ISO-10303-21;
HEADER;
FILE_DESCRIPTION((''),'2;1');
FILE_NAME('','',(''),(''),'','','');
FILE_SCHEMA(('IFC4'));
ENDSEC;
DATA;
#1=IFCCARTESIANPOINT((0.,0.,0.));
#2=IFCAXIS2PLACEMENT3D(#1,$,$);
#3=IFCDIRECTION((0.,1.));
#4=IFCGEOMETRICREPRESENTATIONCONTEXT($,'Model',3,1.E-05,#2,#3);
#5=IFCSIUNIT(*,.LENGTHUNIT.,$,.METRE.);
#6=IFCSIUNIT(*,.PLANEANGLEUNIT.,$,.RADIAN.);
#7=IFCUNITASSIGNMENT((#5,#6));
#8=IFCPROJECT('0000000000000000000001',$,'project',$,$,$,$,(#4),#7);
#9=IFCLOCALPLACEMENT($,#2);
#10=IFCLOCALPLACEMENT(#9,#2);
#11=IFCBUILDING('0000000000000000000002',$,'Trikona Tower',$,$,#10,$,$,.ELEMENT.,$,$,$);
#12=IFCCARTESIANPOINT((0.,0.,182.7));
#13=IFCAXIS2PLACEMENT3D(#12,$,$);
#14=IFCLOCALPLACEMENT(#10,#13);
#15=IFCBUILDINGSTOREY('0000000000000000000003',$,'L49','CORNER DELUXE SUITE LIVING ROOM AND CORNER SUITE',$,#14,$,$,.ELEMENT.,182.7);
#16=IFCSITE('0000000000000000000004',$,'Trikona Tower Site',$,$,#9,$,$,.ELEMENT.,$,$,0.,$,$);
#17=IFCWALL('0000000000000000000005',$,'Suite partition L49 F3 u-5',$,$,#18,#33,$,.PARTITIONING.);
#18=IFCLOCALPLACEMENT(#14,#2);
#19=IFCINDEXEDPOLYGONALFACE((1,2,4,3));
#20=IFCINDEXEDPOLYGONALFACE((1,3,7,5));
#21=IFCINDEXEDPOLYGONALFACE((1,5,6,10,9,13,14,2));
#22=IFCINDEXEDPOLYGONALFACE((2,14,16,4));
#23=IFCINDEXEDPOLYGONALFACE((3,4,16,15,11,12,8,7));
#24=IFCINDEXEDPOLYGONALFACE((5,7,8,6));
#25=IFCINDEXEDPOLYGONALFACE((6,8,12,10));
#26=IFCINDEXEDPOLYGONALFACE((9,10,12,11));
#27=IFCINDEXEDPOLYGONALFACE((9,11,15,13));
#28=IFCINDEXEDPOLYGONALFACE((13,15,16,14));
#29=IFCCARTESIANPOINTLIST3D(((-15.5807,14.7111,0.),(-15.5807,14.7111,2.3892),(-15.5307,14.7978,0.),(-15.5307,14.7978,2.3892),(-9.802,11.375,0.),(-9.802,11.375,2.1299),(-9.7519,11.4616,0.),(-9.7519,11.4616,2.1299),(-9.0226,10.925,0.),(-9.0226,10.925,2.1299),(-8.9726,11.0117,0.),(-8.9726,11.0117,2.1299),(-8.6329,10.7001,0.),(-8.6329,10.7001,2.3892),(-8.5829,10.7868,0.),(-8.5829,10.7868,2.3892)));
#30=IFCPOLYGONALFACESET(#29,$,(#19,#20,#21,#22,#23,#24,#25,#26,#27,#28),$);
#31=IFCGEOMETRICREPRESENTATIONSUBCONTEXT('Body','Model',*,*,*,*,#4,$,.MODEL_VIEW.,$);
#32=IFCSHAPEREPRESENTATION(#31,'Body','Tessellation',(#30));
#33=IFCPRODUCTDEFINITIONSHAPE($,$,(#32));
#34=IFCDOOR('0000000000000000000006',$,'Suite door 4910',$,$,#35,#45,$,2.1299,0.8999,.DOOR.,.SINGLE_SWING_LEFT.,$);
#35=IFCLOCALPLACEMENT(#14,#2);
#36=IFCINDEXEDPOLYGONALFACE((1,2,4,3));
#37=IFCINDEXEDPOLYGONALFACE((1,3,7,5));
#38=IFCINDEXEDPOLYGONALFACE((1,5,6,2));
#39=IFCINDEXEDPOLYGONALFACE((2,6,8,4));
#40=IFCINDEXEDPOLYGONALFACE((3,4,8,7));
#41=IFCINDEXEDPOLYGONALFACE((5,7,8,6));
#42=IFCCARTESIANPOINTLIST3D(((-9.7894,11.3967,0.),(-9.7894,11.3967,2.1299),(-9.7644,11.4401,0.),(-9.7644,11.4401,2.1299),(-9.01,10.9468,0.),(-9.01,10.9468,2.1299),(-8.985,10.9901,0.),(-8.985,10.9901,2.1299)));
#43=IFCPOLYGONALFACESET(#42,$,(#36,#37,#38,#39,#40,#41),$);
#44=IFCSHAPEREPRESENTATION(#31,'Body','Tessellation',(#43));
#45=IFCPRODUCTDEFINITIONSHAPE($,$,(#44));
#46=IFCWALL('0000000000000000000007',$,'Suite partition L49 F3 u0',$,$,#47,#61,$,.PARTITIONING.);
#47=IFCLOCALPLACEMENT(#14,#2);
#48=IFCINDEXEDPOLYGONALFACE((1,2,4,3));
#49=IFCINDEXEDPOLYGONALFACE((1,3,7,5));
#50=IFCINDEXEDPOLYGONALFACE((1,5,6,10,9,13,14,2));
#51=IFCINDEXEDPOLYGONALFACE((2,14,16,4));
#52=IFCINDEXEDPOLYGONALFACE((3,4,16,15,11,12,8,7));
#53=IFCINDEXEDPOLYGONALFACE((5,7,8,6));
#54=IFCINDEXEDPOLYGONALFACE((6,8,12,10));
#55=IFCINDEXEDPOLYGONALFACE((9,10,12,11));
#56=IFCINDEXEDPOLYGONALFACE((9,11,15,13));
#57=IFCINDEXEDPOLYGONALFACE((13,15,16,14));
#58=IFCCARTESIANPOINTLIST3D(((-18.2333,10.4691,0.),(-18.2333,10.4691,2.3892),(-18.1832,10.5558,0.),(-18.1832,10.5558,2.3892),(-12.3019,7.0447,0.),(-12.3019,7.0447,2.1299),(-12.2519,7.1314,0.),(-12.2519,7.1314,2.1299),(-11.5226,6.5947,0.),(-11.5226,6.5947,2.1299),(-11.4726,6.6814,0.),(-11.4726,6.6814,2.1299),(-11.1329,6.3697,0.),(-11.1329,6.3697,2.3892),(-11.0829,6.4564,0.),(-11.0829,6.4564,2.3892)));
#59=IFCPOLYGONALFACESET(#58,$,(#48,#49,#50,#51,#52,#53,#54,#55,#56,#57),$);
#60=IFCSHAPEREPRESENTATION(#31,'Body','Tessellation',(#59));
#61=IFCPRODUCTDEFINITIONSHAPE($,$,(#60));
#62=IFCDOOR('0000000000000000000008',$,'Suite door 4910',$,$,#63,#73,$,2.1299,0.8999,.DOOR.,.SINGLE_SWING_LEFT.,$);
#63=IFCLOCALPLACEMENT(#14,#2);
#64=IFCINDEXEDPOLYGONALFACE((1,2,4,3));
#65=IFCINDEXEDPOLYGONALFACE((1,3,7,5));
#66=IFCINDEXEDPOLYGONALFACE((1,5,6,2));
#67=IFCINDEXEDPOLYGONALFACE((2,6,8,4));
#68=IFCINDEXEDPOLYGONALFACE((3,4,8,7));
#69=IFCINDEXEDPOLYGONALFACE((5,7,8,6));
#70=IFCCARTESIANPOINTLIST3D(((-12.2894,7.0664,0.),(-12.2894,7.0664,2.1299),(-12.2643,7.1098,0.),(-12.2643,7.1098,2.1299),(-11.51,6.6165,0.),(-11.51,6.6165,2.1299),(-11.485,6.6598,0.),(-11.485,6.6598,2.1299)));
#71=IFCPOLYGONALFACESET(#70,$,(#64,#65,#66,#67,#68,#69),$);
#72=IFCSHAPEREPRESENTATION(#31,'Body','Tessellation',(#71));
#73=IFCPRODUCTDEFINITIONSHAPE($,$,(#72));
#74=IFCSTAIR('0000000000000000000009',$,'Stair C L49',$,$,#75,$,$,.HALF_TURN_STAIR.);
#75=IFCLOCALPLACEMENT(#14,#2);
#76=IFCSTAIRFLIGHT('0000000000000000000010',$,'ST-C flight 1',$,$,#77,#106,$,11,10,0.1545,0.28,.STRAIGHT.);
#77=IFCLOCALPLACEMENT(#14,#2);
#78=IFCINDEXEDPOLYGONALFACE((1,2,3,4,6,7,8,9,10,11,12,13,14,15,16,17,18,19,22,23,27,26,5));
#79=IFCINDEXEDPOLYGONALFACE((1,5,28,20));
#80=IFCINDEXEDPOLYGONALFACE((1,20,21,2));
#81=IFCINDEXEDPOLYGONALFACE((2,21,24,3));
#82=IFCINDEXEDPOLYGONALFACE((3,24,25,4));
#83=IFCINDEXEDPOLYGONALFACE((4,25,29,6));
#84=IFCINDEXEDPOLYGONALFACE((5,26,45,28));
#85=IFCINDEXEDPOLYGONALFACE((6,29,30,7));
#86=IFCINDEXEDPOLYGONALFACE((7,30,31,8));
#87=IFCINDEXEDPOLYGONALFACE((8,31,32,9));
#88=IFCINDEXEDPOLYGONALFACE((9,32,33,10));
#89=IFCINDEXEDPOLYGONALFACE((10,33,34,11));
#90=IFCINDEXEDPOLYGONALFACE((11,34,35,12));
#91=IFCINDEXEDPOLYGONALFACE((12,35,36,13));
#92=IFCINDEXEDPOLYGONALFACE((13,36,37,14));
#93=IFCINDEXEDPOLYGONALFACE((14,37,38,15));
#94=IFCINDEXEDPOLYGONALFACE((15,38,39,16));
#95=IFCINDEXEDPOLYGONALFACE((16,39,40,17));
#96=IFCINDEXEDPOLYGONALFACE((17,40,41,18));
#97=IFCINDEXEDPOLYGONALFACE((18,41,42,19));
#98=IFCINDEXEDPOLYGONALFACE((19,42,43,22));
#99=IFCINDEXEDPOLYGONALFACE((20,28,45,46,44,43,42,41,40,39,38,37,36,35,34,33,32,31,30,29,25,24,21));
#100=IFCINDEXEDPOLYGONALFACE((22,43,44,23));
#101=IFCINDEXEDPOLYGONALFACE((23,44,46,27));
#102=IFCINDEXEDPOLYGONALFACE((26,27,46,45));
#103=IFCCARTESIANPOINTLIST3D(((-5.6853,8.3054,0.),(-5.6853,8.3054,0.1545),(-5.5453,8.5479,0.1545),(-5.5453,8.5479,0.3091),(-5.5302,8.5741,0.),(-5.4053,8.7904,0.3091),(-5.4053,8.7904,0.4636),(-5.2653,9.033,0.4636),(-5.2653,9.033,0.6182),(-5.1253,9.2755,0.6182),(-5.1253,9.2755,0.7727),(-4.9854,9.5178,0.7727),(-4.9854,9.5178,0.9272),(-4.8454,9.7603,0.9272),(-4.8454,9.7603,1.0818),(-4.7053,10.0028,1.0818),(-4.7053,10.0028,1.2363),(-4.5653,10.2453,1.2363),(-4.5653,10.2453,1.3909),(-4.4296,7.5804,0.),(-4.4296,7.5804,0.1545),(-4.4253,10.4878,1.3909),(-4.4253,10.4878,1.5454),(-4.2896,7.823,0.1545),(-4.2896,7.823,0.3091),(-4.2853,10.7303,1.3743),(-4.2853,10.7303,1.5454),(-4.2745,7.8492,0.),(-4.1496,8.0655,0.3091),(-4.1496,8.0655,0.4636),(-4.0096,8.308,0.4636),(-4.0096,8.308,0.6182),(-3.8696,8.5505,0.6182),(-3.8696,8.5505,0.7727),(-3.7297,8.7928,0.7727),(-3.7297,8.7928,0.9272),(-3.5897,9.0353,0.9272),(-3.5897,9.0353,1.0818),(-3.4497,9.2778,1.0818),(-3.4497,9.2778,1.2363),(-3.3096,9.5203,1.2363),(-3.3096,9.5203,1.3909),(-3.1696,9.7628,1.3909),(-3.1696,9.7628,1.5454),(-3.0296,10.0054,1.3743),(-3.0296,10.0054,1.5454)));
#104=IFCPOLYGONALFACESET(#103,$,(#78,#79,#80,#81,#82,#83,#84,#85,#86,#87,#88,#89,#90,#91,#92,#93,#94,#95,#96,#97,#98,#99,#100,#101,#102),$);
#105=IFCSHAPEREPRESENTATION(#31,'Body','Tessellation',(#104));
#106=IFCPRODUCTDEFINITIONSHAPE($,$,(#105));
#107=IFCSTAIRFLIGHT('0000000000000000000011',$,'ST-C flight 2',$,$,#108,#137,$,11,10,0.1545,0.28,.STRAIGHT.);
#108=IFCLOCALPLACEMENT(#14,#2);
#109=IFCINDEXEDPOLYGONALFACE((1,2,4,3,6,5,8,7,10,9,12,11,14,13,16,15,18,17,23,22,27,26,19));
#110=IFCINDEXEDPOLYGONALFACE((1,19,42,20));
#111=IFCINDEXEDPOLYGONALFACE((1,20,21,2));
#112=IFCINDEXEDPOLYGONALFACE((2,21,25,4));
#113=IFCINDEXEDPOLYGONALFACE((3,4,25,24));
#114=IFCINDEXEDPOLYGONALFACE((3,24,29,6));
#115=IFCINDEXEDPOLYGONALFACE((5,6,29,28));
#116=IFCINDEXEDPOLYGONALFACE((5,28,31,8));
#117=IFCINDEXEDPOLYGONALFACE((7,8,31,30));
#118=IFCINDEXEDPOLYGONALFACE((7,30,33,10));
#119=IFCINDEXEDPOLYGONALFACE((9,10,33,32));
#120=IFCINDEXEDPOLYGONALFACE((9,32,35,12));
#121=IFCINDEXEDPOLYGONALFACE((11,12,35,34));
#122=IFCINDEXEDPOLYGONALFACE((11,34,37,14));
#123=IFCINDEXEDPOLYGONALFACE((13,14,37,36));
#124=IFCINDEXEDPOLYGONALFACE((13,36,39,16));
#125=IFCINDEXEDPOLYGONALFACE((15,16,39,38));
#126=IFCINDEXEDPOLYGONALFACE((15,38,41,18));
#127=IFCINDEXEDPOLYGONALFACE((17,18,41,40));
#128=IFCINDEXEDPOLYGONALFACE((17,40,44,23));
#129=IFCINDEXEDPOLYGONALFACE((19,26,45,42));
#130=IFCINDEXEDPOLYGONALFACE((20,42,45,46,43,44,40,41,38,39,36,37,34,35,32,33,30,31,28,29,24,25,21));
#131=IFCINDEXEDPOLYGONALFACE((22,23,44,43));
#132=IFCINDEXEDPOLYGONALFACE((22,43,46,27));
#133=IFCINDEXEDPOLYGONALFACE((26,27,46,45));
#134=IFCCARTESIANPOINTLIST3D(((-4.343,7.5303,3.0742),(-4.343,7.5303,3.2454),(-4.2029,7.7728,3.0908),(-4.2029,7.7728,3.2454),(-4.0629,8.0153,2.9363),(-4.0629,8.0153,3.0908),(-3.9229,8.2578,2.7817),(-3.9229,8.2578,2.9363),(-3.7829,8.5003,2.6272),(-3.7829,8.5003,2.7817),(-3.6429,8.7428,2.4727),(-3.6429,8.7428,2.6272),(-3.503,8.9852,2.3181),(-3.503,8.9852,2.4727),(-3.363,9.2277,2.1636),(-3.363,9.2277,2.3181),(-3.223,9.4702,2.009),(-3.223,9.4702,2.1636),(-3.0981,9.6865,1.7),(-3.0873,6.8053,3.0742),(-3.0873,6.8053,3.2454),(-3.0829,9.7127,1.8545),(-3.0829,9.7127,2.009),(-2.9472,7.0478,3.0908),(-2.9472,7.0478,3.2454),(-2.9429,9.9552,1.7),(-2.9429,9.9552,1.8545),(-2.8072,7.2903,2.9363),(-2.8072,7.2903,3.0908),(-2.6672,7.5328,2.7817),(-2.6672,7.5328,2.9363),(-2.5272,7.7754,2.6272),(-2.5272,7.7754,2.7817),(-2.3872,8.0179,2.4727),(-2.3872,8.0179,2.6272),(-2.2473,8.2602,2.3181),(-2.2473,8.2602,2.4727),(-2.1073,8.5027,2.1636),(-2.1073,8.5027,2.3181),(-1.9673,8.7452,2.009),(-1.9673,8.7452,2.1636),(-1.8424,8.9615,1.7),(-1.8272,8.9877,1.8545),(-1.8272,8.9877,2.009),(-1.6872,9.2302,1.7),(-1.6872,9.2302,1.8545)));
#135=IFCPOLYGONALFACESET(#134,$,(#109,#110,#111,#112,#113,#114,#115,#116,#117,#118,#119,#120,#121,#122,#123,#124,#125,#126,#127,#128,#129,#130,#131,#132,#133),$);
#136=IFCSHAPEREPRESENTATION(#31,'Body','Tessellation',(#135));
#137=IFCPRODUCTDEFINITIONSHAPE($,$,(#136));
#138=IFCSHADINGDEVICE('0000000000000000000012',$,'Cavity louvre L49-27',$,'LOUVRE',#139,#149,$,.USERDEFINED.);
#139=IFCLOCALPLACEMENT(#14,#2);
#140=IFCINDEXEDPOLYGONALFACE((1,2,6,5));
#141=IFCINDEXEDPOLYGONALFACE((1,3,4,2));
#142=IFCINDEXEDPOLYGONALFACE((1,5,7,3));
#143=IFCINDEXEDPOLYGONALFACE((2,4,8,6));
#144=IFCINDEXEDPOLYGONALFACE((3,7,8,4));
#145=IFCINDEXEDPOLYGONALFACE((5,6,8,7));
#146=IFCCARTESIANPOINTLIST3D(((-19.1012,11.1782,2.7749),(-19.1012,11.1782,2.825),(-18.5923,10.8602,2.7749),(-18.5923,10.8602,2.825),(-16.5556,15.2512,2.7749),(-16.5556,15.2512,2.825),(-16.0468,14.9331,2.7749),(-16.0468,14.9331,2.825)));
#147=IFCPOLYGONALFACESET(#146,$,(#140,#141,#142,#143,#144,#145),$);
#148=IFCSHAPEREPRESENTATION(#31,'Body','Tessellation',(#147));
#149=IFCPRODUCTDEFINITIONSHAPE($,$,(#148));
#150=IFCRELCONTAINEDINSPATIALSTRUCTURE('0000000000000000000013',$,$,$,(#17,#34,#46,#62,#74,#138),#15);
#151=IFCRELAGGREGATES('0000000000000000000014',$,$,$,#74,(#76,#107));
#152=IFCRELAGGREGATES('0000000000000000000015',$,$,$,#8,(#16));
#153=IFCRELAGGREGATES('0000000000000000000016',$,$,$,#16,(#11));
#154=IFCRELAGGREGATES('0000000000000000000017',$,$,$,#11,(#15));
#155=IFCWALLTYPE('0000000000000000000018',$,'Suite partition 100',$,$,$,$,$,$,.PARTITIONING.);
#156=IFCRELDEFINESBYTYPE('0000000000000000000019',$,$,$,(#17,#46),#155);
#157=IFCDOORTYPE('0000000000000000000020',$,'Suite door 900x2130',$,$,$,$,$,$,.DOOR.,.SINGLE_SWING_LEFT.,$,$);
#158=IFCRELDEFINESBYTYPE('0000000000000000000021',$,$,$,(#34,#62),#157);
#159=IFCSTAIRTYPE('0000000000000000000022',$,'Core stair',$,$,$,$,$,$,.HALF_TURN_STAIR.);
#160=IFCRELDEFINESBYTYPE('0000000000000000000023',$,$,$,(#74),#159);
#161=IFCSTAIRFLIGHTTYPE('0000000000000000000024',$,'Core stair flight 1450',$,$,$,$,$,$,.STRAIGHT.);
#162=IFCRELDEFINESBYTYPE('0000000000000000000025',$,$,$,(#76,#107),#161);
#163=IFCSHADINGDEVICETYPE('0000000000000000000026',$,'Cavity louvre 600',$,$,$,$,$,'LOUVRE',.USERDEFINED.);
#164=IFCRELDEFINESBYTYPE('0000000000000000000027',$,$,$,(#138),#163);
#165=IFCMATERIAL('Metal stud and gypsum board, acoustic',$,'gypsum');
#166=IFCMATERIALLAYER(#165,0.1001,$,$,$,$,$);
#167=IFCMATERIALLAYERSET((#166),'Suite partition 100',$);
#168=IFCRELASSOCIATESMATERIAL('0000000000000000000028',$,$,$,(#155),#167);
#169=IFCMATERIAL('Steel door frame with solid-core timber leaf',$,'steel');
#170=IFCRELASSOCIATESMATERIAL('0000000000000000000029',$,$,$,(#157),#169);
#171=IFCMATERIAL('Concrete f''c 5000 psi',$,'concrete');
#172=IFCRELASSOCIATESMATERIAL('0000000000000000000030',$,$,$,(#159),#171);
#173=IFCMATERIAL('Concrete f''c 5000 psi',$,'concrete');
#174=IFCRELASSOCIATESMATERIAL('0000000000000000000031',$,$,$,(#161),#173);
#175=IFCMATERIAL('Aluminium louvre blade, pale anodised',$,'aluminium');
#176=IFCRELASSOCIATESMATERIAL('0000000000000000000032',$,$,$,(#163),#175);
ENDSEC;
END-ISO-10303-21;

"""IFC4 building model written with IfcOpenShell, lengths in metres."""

from ifc_helpers import new_model, si_unit, direction, frame, frame_2d, origin, origin_2d, place, context, subcontext, project, spatial, polyline, rectangle, outline, extrude, material, layer, layer_set, type_object, element, fill, aggregate, save


model = new_model("IFC4")

# Units and contexts
model_context = context("Model", 3, precision=1e-05, world=origin(), true_north=direction((0.0, 1.0)))
body_context = subcontext(model_context, "Body", "Model", "MODEL_VIEW")
ifc_project = project(units=[si_unit("LENGTHUNIT", "METRE"), si_unit("PLANEANGLEUNIT", "RADIAN")], contexts=[model_context])

# Site, building, storey
site_placement = place(None, origin())
site = spatial("IfcSite", under=ifc_project, at=site_placement, Name="Trikona Tower Site", CompositionType="ELEMENT", RefElevation=0.0)
building_placement = place(site_placement, origin())
building = spatial("IfcBuilding", under=site, at=building_placement, Name="Trikona Tower", CompositionType="ELEMENT")
storey_placement = place(building_placement, frame((0.0, 0.0, 182.7)))
storey = spatial("IfcBuildingStorey", under=building, at=storey_placement, Name="L49", Description="CORNER DELUXE SUITE LIVING ROOM AND CORNER SUITE", CompositionType="ELEMENT", Elevation=182.7)

# Walls, openings, doors
ifc_material_1 = material(Name="Metal stud and gypsum board, acoustic", Category="gypsum")
ifc_layer_1 = layer(ifc_material_1, 0.1001)
ifc_layer_set_1 = layer_set([ifc_layer_1], Name="Suite partition 100")
wall_type_1 = type_object("IfcWallType", Name="Suite partition 100", PredefinedType="PARTITIONING", material=ifc_layer_set_1)
wall_1_placement = place(storey_placement, frame((-8.6079, 10.7434, 0.0), z_axis=(0.0, 0.0, 1.0), x_axis=(-0.866042, 0.499972, 0.0)))
wall_1 = element("IfcWall", 1, at=wall_1_placement, inside=storey, type_object=wall_type_1, Name="Suite partition L49 F3 u-5", PredefinedType="PARTITIONING", context=body_context, shape_type="SweptSolid", body=[
    extrude(rectangle(XDim=8.0225, YDim=0.1001, at=frame_2d((4.0112, 0.0))), origin(), (0.0, 0.0, 1.0), 2.3892),
])
opening_1_placement = place(wall_1_placement, frame((0.45, 0.0, 0.0)))
opening_1 = element("IfcOpeningElement", 2, at=opening_1_placement, cuts=wall_1, PredefinedType="OPENING", context=body_context, shape_type="SweptSolid", body=[
    extrude(rectangle(XDim=0.8999, YDim=2.1299, at=frame_2d((0.45, 1.0649))), frame((0.0, 0.0601, 0.0), z_axis=(0.0, -1.0, 0.0), x_axis=(1.0, 0.0, 0.0)), (0.0, 0.0, 1.0), 0.1201),
])
ifc_material_2 = material(Name="Steel door frame with solid-core timber leaf", Category="steel")
door_type_1 = type_object("IfcDoorType", Name="Suite door 900x2130", OperationType="SINGLE_SWING_LEFT", PredefinedType="DOOR", material=ifc_material_2)
door_1_placement = place(opening_1_placement, origin())
door_1 = element("IfcDoor", 3, at=door_1_placement, inside=storey, type_object=door_type_1, Name="Suite door 4910", OperationType="SINGLE_SWING_LEFT", OverallHeight=2.1299, OverallWidth=0.8999, PredefinedType="DOOR", context=body_context, shape_type="SweptSolid", body=[
    extrude(rectangle(XDim=0.8999, YDim=2.1299, at=frame_2d((0.45, 1.0649))), frame((0.0, 0.0249, 0.0), z_axis=(0.0, -1.0, 0.0), x_axis=(1.0, 0.0, 0.0)), (0.0, 0.0, 1.0), 0.05),
])
fill(opening_1, door_1)
wall_2_placement = place(storey_placement, frame((-11.1079, 6.4131, 0.0), z_axis=(0.0, 0.0, 1.0), x_axis=(-0.866026, 0.499998, 0.0)))
wall_2 = element("IfcWall", 4, at=wall_2_placement, inside=storey, type_object=wall_type_1, Name="Suite partition L49 F3 u0", PredefinedType="PARTITIONING", context=body_context, shape_type="SweptSolid", body=[
    extrude(rectangle(XDim=8.1987, YDim=0.1001, at=frame_2d((4.0994, 0.0))), origin(), (0.0, 0.0, 1.0), 2.3892),
])
opening_2_placement = place(wall_2_placement, frame((0.45, 0.0, 0.0)))
opening_2 = element("IfcOpeningElement", 5, at=opening_2_placement, cuts=wall_2, PredefinedType="OPENING", context=body_context, shape_type="SweptSolid", body=[
    extrude(rectangle(XDim=0.8999, YDim=2.1299, at=frame_2d((0.45, 1.0649))), frame((0.0, 0.0601, 0.0), z_axis=(0.0, -1.0, 0.0), x_axis=(1.0, 0.0, 0.0)), (0.0, 0.0, 1.0), 0.1201),
])
door_2_placement = place(opening_2_placement, origin())
door_2 = element("IfcDoor", 6, at=door_2_placement, inside=storey, type_object=door_type_1, Name="Suite door 4910", OperationType="SINGLE_SWING_LEFT", OverallHeight=2.1299, OverallWidth=0.8999, PredefinedType="DOOR", context=body_context, shape_type="SweptSolid", body=[
    extrude(rectangle(XDim=0.8999, YDim=2.1299, at=frame_2d((0.45, 1.0649))), frame((0.0, 0.0249, 0.0), z_axis=(0.0, -1.0, 0.0), x_axis=(1.0, 0.0, 0.0)), (0.0, 0.0, 1.0), 0.05),
])
fill(opening_2, door_2)

# Stair, stair flights
ifc_material_3 = material(Name="Concrete f'c 5000 psi", Category="concrete")
stair_type = type_object("IfcStairType", Name="Core stair", PredefinedType="HALF_TURN_STAIR", material=ifc_material_3)
stair_placement = place(storey_placement, origin())
stair = element("IfcStair", 7, at=stair_placement, inside=storey, type_object=stair_type, Name="Stair C L49", PredefinedType="HALF_TURN_STAIR")
ifc_material_4 = material(Name="Concrete f'c 5000 psi", Category="concrete")
stair_flight_type = type_object("IfcStairFlightType", Name="Core stair flight 1450", PredefinedType="STRAIGHT", material=ifc_material_4)
stair_flight_1_placement = place(storey_placement, frame((-5.0574, 7.9429, 0.0), z_axis=(0.0, 0.0, 1.0), x_axis=(0.5, 0.866025, 0.0)))
stair_flight_1 = element("IfcStairFlight", 8, at=stair_flight_1_placement, type_object=stair_flight_type, Name="ST-C flight 1", NumberOfRisers=11, NumberOfTreads=10, PredefinedType="STRAIGHT", RiserHeight=0.1545, TreadLength=0.28, context=body_context, shape_type="SweptSolid", body=[
    extrude(outline(polyline([(0.0, 0.0), (0.0, 0.1545), (0.28, 0.1545), (0.28, 0.3091), (0.5601, 0.3091), (0.5601, 0.4636), (0.8401, 0.4636), (0.8401, 0.6182), (1.1201, 0.6182), (1.1201, 0.7727), (1.3999, 0.7727), (1.3999, 0.9272), (1.6799, 0.9272), (1.6799, 1.0818), (1.96, 1.0818), (1.96, 1.2363), (2.24, 1.2363), (2.24, 1.3909), (2.52, 1.3909), (2.52, 1.5454), (2.8, 1.5454), (2.8, 1.7), (2.8, 1.3743), (0.3103, 0.0), (0.0, 0.0)])), frame((0.0, 0.7251, 0.0), z_axis=(0.0, -1.0, 0.0), x_axis=(1.0, 0.0, 0.0)), (0.0, 0.0, 1.0), 1.45),
])
stair_flight_2_placement = place(storey_placement, frame((-2.3152, 9.5928, 1.7), z_axis=(0.0, 0.0, 1.0), x_axis=(-0.5, -0.866025, 0.0)))
stair_flight_2 = element("IfcStairFlight", 9, at=stair_flight_2_placement, type_object=stair_flight_type, Name="ST-C flight 2", NumberOfRisers=11, NumberOfTreads=10, PredefinedType="STRAIGHT", RiserHeight=0.1545, TreadLength=0.28, context=body_context, shape_type="SweptSolid", body=[
    extrude(outline(polyline([(0.0, 0.0), (0.0, 0.1545), (0.28, 0.1545), (0.28, 0.3091), (0.5601, 0.3091), (0.5601, 0.4636), (0.8401, 0.4636), (0.8401, 0.6182), (1.1201, 0.6182), (1.1201, 0.7727), (1.3999, 0.7727), (1.3999, 0.9272), (1.6799, 0.9272), (1.6799, 1.0818), (1.96, 1.0818), (1.96, 1.2363), (2.24, 1.2363), (2.24, 1.3909), (2.52, 1.3909), (2.52, 1.5454), (2.8, 1.5454), (2.8, 1.7), (2.8, 1.3743), (0.3103, 0.0), (0.0, 0.0)])), frame((0.0, 0.7251, 0.0), z_axis=(0.0, -1.0, 0.0), x_axis=(1.0, 0.0, 0.0)), (0.0, 0.0, 1.0), 1.45),
])
aggregate(stair, [stair_flight_1, stair_flight_2])

# Shading device
ifc_material_5 = material(Name="Aluminium louvre blade, pale anodised", Category="aluminium")
shading_device_type = type_object("IfcShadingDeviceType", Name="Cavity louvre 600", ElementType="LOUVRE", PredefinedType="USERDEFINED", material=ifc_material_5)
shading_device_placement = place(storey_placement, frame((-17.574, 13.0557, 2.7749), z_axis=(0.0, 0.0, 1.0), x_axis=(-0.529995, -0.848001, 0.0)))
element("IfcShadingDevice", 10, at=shading_device_placement, inside=storey, type_object=shading_device_type, Name="Cavity louvre L49-27", ObjectType="LOUVRE", PredefinedType="USERDEFINED", context=body_context, shape_type="SweptSolid", body=[
    extrude(rectangle(XDim=4.803, YDim=0.6001, at=origin_2d()), origin(), (0.0, 0.0, 1.0), 0.05),
])

save(model, "model.ifc")
